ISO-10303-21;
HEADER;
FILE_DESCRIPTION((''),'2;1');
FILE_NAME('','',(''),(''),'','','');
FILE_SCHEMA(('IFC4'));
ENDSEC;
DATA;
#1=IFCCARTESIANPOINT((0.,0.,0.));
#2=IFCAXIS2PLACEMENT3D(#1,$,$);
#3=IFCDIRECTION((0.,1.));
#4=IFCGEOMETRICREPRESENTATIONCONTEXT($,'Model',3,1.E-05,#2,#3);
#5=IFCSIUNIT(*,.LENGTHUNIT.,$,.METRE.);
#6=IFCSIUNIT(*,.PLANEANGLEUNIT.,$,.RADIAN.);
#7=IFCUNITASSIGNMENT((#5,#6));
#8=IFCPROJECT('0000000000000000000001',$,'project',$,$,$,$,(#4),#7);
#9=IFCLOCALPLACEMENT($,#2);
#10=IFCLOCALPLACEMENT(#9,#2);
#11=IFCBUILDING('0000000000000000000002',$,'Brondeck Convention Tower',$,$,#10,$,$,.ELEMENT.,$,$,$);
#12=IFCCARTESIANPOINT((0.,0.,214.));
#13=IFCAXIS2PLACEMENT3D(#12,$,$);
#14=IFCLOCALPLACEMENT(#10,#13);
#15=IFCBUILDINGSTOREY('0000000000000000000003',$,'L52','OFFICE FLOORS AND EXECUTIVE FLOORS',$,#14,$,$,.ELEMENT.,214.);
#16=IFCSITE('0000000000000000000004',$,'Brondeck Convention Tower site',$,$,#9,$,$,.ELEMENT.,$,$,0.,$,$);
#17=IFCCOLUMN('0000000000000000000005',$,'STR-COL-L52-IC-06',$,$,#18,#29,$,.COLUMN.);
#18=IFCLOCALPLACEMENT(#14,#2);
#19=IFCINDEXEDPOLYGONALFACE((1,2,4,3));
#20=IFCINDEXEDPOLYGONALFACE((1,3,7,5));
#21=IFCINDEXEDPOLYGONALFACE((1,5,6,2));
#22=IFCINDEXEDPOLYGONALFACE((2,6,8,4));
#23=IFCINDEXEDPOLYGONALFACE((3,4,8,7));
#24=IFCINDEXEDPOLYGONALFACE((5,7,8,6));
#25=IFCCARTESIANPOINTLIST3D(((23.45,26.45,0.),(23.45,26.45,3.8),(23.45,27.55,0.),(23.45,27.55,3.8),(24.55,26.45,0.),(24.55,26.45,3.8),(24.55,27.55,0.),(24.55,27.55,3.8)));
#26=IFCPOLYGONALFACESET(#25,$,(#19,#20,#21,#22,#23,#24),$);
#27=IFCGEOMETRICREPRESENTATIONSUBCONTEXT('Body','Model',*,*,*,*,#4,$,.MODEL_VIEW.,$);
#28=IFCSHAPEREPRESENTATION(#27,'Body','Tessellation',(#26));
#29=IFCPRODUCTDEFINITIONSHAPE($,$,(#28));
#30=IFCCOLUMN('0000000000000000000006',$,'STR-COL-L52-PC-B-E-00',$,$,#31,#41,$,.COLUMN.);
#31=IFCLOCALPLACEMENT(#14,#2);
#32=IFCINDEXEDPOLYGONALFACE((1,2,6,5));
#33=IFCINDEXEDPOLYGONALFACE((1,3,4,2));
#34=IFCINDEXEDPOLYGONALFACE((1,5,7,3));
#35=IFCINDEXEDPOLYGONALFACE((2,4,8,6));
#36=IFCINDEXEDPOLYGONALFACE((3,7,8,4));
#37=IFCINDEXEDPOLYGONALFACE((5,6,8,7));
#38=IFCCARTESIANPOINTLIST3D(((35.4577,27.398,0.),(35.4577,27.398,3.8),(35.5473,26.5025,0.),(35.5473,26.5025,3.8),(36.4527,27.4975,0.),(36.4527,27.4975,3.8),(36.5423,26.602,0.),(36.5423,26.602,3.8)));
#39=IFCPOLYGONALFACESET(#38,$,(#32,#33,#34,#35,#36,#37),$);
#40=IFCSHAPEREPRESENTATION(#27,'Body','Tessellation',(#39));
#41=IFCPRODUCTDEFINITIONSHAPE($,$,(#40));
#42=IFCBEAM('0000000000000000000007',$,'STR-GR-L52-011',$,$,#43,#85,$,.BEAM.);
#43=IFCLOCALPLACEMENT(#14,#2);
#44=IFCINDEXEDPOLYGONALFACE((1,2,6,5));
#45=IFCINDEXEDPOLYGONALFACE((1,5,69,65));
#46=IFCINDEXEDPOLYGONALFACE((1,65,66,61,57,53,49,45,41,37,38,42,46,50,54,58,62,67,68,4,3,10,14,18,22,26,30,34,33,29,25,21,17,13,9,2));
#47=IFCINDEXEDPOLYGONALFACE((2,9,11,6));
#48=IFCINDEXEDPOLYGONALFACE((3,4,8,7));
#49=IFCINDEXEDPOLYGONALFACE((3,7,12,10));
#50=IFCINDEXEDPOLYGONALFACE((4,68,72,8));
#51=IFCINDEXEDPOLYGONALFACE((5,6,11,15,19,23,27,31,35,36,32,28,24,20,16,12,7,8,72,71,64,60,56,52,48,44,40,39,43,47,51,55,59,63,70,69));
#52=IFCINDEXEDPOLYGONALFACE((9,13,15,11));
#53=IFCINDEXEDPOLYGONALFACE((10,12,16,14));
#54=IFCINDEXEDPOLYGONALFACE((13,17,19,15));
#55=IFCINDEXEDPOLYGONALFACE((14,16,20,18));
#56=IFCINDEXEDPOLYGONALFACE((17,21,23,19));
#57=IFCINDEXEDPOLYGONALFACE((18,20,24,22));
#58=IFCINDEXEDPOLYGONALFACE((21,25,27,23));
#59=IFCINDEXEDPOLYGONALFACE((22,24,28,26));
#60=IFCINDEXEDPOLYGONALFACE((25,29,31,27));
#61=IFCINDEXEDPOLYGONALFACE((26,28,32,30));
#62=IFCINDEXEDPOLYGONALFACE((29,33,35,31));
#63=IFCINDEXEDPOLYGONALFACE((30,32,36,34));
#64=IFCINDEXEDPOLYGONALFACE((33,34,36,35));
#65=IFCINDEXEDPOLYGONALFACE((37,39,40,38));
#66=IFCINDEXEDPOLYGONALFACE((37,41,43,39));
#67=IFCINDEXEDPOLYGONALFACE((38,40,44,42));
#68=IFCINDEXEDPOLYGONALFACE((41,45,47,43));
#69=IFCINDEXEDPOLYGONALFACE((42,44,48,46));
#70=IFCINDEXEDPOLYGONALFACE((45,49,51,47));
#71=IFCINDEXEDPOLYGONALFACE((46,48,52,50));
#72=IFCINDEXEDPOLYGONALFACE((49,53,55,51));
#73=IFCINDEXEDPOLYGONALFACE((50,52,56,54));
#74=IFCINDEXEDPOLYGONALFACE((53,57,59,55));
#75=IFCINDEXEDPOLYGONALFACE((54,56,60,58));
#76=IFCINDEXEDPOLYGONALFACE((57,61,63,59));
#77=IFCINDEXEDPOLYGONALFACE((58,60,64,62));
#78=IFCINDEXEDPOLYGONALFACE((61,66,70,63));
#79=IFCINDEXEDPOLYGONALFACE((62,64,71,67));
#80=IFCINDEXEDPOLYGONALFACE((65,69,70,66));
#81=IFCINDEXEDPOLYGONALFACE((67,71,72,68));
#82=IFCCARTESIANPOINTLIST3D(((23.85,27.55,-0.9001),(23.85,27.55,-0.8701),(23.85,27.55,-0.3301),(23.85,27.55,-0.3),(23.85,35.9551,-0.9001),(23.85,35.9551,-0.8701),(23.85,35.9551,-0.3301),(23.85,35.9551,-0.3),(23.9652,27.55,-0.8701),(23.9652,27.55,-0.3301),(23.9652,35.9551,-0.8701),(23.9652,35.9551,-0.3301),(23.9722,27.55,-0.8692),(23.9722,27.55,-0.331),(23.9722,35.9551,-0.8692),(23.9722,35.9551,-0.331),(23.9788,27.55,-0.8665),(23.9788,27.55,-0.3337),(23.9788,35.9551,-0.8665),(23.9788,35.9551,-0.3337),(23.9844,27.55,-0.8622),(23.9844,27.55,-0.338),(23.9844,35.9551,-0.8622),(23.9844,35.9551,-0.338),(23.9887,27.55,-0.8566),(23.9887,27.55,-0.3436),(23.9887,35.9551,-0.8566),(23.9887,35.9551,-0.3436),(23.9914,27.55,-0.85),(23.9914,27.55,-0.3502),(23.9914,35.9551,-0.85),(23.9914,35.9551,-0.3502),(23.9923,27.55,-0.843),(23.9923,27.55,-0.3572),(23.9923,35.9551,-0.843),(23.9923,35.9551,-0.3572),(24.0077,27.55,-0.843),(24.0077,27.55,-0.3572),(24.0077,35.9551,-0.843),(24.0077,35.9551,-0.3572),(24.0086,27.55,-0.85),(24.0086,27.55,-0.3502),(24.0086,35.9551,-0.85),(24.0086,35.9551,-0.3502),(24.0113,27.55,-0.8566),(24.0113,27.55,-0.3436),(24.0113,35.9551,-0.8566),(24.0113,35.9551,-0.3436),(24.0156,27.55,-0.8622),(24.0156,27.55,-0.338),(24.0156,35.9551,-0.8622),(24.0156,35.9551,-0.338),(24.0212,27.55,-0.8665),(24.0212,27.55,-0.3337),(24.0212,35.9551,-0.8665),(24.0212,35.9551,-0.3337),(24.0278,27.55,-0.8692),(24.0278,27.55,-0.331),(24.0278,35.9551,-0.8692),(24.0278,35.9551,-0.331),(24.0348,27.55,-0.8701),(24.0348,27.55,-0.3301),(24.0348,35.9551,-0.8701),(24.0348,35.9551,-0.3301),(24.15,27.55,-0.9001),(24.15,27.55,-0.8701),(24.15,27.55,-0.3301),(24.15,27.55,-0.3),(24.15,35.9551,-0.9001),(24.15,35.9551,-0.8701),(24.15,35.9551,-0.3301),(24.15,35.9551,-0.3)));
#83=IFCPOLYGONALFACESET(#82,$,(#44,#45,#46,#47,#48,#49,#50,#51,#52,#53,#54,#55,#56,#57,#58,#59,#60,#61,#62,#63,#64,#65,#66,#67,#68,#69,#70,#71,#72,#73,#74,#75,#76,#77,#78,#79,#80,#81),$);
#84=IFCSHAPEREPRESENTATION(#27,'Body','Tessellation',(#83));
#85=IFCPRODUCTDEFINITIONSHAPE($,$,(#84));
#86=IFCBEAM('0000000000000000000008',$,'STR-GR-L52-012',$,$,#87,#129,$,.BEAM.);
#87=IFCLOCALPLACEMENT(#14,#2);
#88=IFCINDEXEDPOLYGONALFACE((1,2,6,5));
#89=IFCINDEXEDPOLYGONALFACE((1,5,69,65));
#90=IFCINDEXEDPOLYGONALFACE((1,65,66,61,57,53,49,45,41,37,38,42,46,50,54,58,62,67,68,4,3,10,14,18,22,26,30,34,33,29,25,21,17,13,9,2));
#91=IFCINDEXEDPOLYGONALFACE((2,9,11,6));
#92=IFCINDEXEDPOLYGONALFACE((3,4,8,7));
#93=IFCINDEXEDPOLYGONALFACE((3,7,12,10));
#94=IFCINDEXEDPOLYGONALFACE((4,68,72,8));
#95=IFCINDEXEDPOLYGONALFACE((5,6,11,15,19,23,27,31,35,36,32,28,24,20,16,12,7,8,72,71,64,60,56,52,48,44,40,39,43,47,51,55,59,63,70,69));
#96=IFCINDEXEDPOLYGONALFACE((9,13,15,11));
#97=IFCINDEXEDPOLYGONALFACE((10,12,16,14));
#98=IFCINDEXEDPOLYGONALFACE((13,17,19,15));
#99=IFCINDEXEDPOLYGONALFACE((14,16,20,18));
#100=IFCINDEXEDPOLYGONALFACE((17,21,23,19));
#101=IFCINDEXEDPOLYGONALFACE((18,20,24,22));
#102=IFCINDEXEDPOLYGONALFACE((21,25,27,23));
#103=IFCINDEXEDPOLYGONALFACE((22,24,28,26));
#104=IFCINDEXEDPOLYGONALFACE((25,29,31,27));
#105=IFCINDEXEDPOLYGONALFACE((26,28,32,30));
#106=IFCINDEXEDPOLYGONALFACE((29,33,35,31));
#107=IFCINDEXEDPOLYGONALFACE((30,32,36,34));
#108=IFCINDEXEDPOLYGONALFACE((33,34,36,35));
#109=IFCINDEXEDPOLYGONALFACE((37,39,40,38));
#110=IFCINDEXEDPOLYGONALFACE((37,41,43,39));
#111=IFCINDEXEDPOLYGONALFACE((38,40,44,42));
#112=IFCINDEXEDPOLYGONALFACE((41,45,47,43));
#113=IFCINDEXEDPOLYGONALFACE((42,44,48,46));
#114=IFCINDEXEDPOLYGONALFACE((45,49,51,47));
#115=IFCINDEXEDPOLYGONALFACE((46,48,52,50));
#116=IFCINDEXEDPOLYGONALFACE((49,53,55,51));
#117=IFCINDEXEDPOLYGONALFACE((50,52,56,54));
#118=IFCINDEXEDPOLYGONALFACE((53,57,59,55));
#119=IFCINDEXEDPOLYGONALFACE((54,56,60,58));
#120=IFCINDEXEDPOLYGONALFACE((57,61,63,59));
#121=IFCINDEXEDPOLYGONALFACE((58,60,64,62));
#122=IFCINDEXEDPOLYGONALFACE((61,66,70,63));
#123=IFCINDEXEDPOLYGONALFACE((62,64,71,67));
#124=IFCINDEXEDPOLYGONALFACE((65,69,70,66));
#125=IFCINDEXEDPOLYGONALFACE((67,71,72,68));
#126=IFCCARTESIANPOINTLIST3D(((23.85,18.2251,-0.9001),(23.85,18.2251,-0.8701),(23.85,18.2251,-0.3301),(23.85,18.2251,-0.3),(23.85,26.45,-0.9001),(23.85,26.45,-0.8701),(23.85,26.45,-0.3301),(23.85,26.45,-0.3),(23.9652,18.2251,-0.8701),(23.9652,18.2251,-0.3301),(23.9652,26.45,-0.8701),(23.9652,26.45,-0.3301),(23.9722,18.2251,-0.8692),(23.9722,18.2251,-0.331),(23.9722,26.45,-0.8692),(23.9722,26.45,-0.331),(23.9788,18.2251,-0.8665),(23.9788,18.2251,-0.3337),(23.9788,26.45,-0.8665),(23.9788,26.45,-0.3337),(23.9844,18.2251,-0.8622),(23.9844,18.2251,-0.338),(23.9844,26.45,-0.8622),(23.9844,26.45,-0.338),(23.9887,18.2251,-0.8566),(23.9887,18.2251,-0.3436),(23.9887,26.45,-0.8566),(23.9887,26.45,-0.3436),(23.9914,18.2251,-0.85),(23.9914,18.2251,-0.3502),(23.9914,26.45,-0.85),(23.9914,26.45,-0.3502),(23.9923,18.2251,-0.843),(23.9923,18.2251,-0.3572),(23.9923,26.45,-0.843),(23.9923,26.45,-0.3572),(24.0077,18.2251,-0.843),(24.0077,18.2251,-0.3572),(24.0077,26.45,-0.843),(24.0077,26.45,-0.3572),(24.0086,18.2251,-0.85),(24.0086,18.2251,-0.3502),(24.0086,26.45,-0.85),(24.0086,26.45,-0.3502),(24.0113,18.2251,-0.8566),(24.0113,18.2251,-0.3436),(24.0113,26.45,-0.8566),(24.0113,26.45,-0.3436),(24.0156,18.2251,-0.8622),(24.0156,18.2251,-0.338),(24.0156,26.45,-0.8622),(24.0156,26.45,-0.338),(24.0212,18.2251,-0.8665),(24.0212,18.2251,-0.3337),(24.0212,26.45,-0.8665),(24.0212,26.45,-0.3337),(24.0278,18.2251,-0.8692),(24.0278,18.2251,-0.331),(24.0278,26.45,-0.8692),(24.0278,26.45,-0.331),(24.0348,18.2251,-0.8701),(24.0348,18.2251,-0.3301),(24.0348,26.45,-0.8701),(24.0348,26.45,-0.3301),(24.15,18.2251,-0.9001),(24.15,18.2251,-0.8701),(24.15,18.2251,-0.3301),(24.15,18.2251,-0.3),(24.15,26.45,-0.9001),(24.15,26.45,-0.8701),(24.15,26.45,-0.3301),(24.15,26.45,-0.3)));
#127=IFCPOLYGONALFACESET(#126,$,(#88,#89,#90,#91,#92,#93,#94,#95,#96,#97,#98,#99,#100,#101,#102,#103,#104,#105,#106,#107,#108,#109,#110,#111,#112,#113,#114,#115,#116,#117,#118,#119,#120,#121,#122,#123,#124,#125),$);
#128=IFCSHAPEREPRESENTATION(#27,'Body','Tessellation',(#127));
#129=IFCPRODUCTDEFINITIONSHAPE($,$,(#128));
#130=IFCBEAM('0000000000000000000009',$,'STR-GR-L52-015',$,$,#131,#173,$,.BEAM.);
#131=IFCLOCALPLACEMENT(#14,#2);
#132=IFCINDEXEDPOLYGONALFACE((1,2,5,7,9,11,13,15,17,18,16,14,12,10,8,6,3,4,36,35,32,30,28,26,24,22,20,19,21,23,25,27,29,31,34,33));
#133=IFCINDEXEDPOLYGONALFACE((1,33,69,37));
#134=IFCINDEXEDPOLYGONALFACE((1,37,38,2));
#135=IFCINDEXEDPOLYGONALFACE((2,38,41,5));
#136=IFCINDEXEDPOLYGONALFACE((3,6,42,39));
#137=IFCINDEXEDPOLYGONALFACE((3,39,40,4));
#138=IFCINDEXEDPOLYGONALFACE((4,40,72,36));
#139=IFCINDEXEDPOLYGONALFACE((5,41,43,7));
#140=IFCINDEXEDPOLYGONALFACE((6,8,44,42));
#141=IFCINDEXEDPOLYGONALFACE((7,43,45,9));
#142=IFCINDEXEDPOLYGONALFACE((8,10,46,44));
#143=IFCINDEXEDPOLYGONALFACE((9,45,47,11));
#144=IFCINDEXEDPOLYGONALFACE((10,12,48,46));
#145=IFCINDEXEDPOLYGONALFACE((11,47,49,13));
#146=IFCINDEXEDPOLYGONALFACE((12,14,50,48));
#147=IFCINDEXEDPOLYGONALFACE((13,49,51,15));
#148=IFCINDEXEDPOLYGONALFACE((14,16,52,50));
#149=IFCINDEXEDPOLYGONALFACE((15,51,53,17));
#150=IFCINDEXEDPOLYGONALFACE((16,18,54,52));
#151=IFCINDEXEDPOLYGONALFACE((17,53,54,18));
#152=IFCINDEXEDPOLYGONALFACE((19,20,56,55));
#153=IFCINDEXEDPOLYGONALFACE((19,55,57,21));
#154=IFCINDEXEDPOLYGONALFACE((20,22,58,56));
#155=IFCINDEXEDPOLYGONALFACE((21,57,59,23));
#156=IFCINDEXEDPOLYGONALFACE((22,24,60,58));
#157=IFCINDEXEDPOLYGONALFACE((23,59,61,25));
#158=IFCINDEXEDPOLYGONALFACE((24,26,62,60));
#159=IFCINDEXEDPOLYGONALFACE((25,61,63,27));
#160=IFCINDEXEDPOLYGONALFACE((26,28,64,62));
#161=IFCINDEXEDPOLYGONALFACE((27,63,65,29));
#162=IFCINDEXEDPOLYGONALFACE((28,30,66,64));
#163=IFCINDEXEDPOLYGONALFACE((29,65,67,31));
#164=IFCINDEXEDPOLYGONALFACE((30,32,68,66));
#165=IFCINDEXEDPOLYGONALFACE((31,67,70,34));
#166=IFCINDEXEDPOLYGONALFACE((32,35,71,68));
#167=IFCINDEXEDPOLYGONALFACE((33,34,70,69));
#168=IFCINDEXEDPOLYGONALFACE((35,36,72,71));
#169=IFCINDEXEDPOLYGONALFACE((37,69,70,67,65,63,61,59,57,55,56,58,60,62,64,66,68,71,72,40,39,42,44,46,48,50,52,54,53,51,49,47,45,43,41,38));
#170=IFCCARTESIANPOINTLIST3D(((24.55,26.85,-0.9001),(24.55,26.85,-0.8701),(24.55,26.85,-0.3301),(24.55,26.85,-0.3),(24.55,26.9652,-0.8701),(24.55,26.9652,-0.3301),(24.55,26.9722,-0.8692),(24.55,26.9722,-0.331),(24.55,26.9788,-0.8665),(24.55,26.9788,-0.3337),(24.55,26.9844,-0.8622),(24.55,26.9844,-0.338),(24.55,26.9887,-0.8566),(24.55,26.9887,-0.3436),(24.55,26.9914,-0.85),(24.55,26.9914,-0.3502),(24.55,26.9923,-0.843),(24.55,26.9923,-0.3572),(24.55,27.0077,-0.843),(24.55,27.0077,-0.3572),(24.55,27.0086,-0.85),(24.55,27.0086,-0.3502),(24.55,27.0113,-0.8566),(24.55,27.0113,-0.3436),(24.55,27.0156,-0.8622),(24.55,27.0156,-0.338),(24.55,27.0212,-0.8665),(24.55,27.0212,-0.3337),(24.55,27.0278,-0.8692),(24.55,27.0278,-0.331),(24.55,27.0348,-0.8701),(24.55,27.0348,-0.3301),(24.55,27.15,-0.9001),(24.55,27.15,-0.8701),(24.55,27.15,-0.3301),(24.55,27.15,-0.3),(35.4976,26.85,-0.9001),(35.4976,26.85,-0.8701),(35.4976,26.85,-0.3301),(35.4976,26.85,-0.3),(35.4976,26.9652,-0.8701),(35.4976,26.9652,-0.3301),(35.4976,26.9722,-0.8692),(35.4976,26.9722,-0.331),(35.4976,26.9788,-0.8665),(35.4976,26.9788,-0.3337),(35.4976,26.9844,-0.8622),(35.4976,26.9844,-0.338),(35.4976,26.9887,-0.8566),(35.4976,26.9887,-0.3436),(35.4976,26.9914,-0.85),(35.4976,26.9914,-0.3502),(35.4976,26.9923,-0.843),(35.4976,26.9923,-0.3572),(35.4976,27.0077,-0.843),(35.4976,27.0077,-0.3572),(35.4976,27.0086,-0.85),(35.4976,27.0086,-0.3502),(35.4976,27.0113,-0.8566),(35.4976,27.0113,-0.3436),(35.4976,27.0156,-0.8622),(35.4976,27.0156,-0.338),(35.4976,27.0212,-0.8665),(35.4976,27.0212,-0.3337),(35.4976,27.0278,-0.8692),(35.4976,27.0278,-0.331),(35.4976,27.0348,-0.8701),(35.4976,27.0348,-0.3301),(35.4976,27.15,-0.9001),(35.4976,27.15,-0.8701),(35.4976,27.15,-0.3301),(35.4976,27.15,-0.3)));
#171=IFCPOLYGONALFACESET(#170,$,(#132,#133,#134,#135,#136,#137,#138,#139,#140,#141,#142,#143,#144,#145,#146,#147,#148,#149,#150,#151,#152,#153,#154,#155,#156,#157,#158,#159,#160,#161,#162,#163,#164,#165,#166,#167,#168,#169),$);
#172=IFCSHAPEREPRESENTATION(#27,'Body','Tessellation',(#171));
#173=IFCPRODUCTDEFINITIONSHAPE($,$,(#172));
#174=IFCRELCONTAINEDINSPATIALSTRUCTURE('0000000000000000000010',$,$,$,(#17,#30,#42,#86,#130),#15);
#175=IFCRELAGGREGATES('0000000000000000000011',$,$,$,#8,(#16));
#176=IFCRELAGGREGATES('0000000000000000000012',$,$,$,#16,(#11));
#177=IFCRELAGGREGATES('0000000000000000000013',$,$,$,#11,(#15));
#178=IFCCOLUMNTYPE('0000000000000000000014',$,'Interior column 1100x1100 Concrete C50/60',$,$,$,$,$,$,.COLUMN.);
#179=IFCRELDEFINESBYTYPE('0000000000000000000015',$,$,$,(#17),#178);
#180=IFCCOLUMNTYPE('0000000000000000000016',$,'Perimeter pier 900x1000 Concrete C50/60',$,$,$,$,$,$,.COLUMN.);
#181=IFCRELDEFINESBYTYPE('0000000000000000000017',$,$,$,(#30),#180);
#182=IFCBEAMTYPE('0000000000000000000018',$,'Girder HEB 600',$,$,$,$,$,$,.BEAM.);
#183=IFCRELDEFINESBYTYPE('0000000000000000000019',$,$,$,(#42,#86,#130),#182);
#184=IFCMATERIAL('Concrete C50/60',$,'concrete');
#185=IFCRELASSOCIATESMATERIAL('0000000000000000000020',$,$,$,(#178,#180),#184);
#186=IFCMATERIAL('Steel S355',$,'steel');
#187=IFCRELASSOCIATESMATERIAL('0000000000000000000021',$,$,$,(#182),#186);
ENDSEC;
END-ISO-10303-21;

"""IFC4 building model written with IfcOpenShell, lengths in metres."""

from ifc_helpers import new_model, si_unit, direction, frame, origin, origin_2d, place, context, subcontext, project, spatial, rectangle, i_section, extrude, material, material_profile, profile_set, type_object, element, save


model = new_model("IFC4")

# Units and contexts
model_context = context("Model", 3, precision=1e-05, world=origin(), true_north=direction((0.0, 1.0)))
body_context = subcontext(model_context, "Body", "Model", "MODEL_VIEW")
ifc_project = project(units=[si_unit("LENGTHUNIT", "METRE"), si_unit("PLANEANGLEUNIT", "RADIAN")], contexts=[model_context])

# Site, building, storey
site_placement = place(None, origin())
site = spatial("IfcSite", under=ifc_project, at=site_placement, Name="Brondeck Convention Tower site", CompositionType="ELEMENT", RefElevation=0.0)
building_placement = place(site_placement, origin())
building = spatial("IfcBuilding", under=site, at=building_placement, Name="Brondeck Convention Tower", CompositionType="ELEMENT")
storey_placement = place(building_placement, frame((0.0, 0.0, 214.0)))
storey = spatial("IfcBuildingStorey", under=building, at=storey_placement, Name="L52", Description="OFFICE FLOORS AND EXECUTIVE FLOORS", CompositionType="ELEMENT", Elevation=214.0)

# Columns
ifc_material_1 = material(Name="Concrete C50/60", Category="concrete")
ifc_material_profile_1 = material_profile(ifc_material_1, rectangle(XDim=1.1001, YDim=1.1001, at=origin_2d()), Name="Interior column 1100x1100 Concrete C50/60")
ifc_profile_set_1 = profile_set([ifc_material_profile_1], Name="Concrete C50/60")
column_type_1 = type_object("IfcColumnType", Name="Interior column 1100x1100 Concrete C50/60", PredefinedType="COLUMN", material=ifc_profile_set_1)
column_1_placement = place(storey_placement, frame((24.0, 27.0, 0.0), z_axis=(0.0, 0.0, 1.0), x_axis=(1.0, 0.0, 0.0)))
element("IfcColumn", 1, at=column_1_placement, inside=storey, type_object=column_type_1, Name="STR-COL-L52-IC-06", PredefinedType="COLUMN", context=body_context, shape_type="SweptSolid", body=[
    extrude(rectangle(XDim=1.1001, YDim=1.1001, at=origin_2d()), origin(), (0.0, 0.0, 1.0), 3.8),
])
ifc_material_profile_2 = material_profile(ifc_material_1, rectangle(XDim=0.8999, YDim=1.0, at=origin_2d()), Name="Perimeter pier 900x1000 Concrete C50/60")
ifc_profile_set_2 = profile_set([ifc_material_profile_2], Name="Concrete C50/60")
column_type_2 = type_object("IfcColumnType", Name="Perimeter pier 900x1000 Concrete C50/60", PredefinedType="COLUMN", material=ifc_profile_set_2)
column_2_placement = place(storey_placement, frame((36.0, 27.0, 0.0), z_axis=(0.0, 0.0, 1.0), x_axis=(-0.099504, 0.995037, 0.0)))
element("IfcColumn", 2, at=column_2_placement, inside=storey, type_object=column_type_2, Name="STR-COL-L52-PC-B-E-00", PredefinedType="COLUMN", context=body_context, shape_type="SweptSolid", body=[
    extrude(rectangle(XDim=0.8999, YDim=1.0, at=origin_2d()), origin(), (0.0, 0.0, 1.0), 3.8),
])

# Beams
ifc_material_2 = material(Name="Steel S355", Category="steel")
ifc_material_profile_3 = material_profile(ifc_material_2, i_section(OverallWidth=0.3, OverallDepth=0.6001, WebThickness=0.0154, FlangeThickness=0.03, FilletRadius=0.0271, at=origin_2d()), Name="HEB 600")
ifc_profile_set_3 = profile_set([ifc_material_profile_3], Name="Steel S355")
beam_type = type_object("IfcBeamType", Name="Girder HEB 600", PredefinedType="BEAM", material=ifc_profile_set_3)
beam_1_placement = place(storey_placement, frame((24.0, 35.9551, -0.6001), z_axis=(0.0, -1.0, 0.0), x_axis=(1.0, 0.0, 0.0)))
element("IfcBeam", 3, at=beam_1_placement, inside=storey, type_object=beam_type, Name="STR-GR-L52-011", PredefinedType="BEAM", context=body_context, shape_type="SweptSolid", body=[
    extrude(i_section(OverallWidth=0.3, OverallDepth=0.6001, WebThickness=0.0154, FlangeThickness=0.03, FilletRadius=0.0271, at=origin_2d()), origin(), (0.0, 0.0, 1.0), 8.405),
])
beam_2_placement = place(storey_placement, frame((24.0, 26.45, -0.6001), z_axis=(0.0, -1.0, 0.0), x_axis=(1.0, 0.0, 0.0)))
element("IfcBeam", 4, at=beam_2_placement, inside=storey, type_object=beam_type, Name="STR-GR-L52-012", PredefinedType="BEAM", context=body_context, shape_type="SweptSolid", body=[
    extrude(i_section(OverallWidth=0.3, OverallDepth=0.6001, WebThickness=0.0154, FlangeThickness=0.03, FilletRadius=0.0271, at=origin_2d()), origin(), (0.0, 0.0, 1.0), 8.2249),
])
beam_3_placement = place(storey_placement, frame((24.55, 27.0, -0.6001), z_axis=(1.0, 0.0, 0.0), x_axis=(0.0, 1.0, 0.0)))
element("IfcBeam", 5, at=beam_3_placement, inside=storey, type_object=beam_type, Name="STR-GR-L52-015", PredefinedType="BEAM", context=body_context, shape_type="SweptSolid", body=[
    extrude(i_section(OverallWidth=0.3, OverallDepth=0.6001, WebThickness=0.0154, FlangeThickness=0.03, FilletRadius=0.0271, at=origin_2d()), origin(), (0.0, 0.0, 1.0), 10.9475),
])

save(model, "model.ifc")
